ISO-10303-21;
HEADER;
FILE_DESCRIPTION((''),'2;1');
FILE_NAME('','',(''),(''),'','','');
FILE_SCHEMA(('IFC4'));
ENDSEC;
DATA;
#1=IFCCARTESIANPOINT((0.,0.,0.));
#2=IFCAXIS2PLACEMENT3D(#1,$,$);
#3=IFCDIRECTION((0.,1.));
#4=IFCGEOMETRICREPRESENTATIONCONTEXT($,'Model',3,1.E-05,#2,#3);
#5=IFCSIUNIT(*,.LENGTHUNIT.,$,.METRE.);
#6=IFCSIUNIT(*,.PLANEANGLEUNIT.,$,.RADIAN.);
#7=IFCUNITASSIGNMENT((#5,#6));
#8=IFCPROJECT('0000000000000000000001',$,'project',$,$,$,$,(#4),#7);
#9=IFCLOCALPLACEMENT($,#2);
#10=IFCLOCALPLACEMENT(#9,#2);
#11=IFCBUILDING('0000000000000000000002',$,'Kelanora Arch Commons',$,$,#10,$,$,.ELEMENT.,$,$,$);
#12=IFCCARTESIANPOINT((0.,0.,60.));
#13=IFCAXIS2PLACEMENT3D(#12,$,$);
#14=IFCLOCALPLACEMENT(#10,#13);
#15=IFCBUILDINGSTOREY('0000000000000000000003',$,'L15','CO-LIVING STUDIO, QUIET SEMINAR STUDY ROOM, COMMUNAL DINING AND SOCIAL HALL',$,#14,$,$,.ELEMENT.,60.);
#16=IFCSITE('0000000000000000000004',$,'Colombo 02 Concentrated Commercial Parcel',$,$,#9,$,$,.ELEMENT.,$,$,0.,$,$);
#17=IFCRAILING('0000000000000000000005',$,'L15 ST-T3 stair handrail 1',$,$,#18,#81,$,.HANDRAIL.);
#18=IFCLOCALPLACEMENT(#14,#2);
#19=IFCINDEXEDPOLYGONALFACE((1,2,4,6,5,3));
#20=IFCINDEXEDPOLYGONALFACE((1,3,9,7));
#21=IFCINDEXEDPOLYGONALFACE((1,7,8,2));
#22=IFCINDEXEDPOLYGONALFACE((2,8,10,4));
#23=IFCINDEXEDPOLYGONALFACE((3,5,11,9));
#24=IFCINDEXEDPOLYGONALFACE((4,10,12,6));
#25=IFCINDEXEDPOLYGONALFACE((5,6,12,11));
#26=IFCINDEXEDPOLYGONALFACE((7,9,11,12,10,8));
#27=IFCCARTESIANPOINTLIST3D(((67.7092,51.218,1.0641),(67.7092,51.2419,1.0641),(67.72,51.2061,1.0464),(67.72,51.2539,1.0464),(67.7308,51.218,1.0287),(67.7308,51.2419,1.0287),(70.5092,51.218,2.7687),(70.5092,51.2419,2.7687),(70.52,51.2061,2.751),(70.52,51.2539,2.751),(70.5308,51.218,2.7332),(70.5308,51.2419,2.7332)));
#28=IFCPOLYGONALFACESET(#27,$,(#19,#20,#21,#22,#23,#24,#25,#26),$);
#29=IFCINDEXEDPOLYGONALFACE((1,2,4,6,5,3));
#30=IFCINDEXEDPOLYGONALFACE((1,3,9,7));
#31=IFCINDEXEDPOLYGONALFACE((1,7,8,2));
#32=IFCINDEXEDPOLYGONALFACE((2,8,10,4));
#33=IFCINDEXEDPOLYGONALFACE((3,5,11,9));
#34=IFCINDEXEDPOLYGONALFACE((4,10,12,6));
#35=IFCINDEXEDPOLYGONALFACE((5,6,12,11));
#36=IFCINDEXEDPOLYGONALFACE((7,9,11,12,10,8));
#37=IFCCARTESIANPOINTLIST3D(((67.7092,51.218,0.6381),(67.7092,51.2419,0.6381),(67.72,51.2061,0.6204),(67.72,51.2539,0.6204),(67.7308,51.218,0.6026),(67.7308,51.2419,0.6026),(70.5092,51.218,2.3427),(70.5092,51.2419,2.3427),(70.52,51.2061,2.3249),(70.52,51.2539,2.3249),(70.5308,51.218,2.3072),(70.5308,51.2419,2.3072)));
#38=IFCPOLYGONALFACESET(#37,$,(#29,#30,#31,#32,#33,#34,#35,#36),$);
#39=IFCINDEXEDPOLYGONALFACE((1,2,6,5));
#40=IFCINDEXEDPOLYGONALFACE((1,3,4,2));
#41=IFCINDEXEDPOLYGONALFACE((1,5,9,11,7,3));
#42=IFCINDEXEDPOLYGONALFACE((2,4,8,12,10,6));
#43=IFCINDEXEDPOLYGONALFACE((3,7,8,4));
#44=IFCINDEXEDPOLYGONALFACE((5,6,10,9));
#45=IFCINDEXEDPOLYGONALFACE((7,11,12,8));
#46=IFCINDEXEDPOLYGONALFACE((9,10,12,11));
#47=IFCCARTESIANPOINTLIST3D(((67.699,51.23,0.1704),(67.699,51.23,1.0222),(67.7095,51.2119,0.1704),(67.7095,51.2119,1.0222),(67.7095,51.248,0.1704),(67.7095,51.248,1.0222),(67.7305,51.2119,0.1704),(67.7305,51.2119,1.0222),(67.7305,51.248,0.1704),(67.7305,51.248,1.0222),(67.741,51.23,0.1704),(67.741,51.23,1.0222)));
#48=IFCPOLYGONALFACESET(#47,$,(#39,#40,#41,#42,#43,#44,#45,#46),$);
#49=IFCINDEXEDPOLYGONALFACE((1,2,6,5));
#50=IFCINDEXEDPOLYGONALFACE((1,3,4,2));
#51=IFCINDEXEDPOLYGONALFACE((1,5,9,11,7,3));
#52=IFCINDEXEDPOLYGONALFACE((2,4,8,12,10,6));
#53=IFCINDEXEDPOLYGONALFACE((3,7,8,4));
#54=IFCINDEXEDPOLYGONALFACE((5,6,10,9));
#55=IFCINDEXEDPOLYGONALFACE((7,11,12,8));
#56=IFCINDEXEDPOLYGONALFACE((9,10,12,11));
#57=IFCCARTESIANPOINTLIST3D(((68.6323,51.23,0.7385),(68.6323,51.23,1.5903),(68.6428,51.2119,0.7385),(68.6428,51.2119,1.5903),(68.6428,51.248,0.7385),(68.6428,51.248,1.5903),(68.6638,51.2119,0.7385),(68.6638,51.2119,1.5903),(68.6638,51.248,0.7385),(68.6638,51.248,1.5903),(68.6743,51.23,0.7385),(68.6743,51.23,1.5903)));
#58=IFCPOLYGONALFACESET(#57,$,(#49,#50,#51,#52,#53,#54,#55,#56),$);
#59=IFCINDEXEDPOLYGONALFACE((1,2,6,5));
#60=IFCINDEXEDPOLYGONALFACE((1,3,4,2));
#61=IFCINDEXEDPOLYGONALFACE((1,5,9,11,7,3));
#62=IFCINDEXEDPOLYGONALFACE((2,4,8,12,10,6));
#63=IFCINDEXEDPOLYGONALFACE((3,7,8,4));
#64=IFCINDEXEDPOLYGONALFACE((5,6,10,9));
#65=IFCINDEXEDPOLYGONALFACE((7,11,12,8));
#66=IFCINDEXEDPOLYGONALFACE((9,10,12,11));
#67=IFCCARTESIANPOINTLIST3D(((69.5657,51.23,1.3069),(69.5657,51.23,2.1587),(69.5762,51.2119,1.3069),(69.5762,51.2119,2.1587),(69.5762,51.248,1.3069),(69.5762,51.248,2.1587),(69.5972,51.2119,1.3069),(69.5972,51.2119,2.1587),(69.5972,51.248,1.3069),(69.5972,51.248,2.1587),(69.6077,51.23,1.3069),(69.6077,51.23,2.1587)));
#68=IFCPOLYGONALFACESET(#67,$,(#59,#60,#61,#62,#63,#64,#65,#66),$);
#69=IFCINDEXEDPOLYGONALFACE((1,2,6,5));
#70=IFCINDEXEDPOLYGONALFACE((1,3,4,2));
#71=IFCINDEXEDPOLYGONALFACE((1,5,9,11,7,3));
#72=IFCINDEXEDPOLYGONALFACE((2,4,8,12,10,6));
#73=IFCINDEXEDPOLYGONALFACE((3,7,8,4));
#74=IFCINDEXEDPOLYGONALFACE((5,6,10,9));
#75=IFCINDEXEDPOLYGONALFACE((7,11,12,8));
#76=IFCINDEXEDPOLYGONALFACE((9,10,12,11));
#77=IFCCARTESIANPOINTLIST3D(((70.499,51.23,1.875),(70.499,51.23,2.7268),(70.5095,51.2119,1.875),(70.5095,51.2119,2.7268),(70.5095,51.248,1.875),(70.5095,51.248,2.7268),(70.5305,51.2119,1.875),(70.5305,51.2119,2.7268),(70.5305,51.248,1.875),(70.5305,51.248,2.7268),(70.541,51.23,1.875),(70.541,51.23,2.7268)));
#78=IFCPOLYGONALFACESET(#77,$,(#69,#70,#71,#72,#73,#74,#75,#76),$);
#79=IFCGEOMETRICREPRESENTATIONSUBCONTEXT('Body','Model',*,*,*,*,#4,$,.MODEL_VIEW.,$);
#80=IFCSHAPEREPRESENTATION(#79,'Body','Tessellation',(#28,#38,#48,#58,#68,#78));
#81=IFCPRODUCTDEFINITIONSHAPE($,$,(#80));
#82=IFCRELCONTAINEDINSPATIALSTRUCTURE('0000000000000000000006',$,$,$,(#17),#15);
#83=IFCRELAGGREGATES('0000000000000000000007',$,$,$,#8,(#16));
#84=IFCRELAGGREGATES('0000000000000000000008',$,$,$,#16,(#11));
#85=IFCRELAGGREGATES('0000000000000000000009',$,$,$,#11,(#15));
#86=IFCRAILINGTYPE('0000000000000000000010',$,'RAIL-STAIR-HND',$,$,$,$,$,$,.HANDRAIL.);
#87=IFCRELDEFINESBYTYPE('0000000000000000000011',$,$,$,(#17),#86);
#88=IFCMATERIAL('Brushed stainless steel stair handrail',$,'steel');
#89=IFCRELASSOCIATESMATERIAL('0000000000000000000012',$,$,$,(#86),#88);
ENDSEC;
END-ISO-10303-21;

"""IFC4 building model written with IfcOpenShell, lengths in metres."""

from ifc_helpers import new_model, si_unit, direction, frame, origin, place, context, subcontext, project, spatial, polyline, outline, extrude, material, type_object, element, save


model = new_model("IFC4")

# Units and contexts
model_context = context("Model", 3, precision=1e-05, world=origin(), true_north=direction((0.0, 1.0)))
body_context = subcontext(model_context, "Body", "Model", "MODEL_VIEW")
ifc_project = project(units=[si_unit("LENGTHUNIT", "METRE"), si_unit("PLANEANGLEUNIT", "RADIAN")], contexts=[model_context])

# Site, building, storey
site_placement = place(None, origin())
site = spatial("IfcSite", under=ifc_project, at=site_placement, Name="Colombo 02 Concentrated Commercial Parcel", CompositionType="ELEMENT", RefElevation=0.0)
building_placement = place(site_placement, origin())
building = spatial("IfcBuilding", under=site, at=building_placement, Name="Kelanora Arch Commons", CompositionType="ELEMENT")
storey_placement = place(building_placement, frame((0.0, 0.0, 60.0)))
storey = spatial("IfcBuildingStorey", under=building, at=storey_placement, Name="L15", Description="CO-LIVING STUDIO, QUIET SEMINAR STUDY ROOM, COMMUNAL DINING AND SOCIAL HALL", CompositionType="ELEMENT", Elevation=60.0)

# Railing
ifc_material_1 = material(Name="Brushed stainless steel stair handrail", Category="steel")
railing_type_1 = type_object("IfcRailingType", Name="RAIL-STAIR-HND", PredefinedType="HANDRAIL", material=ifc_material_1)
railing_1_placement = place(storey_placement, frame((67.72, 51.23, 0.1704)))
element("IfcRailing", 1, at=railing_1_placement, inside=storey, type_object=railing_type_1, Name="L15 ST-T3 stair handrail 1", PredefinedType="HANDRAIL", context=body_context, shape_type="SweptSolid", body=[
    extrude(outline(polyline([(0.0239, 0.0), (0.012, 0.0208), (-0.012, 0.0208), (-0.0239, 0.0), (-0.012, -0.0208), (0.012, -0.0208), (0.0239, 0.0)])), frame((0.0, 0.0, 0.876), z_axis=(0.85417, 0.0, 0.519994), x_axis=(0.0, 1.0, 0.0)), (0.0, 0.0, 1.0), 3.2781),
    extrude(outline(polyline([(0.0239, 0.0), (0.012, 0.0208), (-0.012, 0.0208), (-0.0239, 0.0), (-0.012, -0.0208), (0.012, -0.0208), (0.0239, 0.0)])), frame((0.0, 0.0, 0.45), z_axis=(0.85417, 0.0, 0.519994), x_axis=(0.0, 1.0, 0.0)), (0.0, 0.0, 1.0), 3.2781),
    extrude(outline(polyline([(0.021, 0.0), (0.0105, 0.0181), (-0.0105, 0.0181), (-0.021, 0.0), (-0.0105, -0.0181), (0.0105, -0.0181), (0.021, 0.0)])), origin(), (0.0, 0.0, 1.0), 0.8518),
    extrude(outline(polyline([(0.021, 0.0), (0.0105, 0.0181), (-0.0105, 0.0181), (-0.021, 0.0), (-0.0105, -0.0181), (0.0105, -0.0181), (0.021, 0.0)])), frame((0.9333, 0.0, 0.5681)), (0.0, 0.0, 1.0), 0.8518),
    extrude(outline(polyline([(0.021, 0.0), (0.0105, 0.0181), (-0.0105, 0.0181), (-0.021, 0.0), (-0.0105, -0.0181), (0.0105, -0.0181), (0.021, 0.0)])), frame((1.8667, 0.0, 1.1365)), (0.0, 0.0, 1.0), 0.8518),
    extrude(outline(polyline([(0.021, 0.0), (0.0105, 0.0181), (-0.0105, 0.0181), (-0.021, 0.0), (-0.0105, -0.0181), (0.0105, -0.0181), (0.021, 0.0)])), frame((2.8, 0.0, 1.7046)), (0.0, 0.0, 1.0), 0.8518),
])

save(model, "model.ifc")
